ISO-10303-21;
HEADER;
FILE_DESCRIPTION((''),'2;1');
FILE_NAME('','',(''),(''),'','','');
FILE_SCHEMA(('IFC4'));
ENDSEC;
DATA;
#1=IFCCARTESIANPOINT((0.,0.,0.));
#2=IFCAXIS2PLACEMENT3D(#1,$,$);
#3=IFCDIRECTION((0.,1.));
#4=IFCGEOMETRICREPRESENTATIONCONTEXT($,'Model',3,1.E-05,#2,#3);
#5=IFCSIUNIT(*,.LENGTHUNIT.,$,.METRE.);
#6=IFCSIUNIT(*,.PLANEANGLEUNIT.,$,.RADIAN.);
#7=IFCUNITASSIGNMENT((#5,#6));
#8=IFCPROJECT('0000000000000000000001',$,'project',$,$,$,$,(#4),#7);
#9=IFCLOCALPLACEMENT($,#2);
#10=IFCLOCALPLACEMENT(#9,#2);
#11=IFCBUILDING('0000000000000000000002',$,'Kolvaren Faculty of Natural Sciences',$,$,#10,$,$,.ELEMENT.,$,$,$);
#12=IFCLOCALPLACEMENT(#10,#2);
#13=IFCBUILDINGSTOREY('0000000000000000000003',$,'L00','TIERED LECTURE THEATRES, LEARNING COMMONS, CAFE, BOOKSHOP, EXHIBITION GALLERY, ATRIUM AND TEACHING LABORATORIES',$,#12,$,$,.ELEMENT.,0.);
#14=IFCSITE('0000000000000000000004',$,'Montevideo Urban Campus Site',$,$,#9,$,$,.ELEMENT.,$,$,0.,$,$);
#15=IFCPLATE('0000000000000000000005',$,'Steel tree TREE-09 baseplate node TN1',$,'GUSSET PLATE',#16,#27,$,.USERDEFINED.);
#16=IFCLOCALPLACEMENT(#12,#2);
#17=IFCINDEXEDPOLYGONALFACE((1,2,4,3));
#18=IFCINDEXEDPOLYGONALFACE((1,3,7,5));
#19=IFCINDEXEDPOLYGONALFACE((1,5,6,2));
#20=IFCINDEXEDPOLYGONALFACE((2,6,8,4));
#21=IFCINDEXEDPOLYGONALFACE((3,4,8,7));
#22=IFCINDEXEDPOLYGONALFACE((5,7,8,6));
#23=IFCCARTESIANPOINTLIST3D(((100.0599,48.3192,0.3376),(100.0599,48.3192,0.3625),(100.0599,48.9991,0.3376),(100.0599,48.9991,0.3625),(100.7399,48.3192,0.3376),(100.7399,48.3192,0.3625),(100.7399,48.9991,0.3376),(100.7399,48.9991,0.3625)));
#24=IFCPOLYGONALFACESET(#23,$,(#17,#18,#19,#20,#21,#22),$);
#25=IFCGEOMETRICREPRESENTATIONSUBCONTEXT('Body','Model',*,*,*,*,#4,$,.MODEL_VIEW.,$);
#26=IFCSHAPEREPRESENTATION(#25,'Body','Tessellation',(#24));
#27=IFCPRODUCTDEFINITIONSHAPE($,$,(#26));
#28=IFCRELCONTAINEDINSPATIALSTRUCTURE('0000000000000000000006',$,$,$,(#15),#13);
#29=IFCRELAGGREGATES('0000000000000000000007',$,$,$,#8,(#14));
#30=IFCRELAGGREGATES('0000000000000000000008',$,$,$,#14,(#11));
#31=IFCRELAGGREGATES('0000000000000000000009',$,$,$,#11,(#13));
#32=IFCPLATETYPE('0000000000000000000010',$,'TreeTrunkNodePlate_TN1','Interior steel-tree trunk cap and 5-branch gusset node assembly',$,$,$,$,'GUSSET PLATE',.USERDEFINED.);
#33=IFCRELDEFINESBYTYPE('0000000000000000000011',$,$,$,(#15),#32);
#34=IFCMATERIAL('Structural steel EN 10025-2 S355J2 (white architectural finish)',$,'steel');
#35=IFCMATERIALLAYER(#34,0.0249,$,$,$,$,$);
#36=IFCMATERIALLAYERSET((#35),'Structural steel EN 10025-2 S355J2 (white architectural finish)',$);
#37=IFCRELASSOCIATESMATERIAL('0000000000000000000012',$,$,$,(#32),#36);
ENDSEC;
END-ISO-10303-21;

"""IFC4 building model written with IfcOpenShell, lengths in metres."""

from ifc_helpers import new_model, si_unit, direction, frame, origin, origin_2d, place, context, subcontext, project, spatial, rectangle, extrude, material, layer, layer_set, type_object, element, save


model = new_model("IFC4")

# Units and contexts
model_context = context("Model", 3, precision=1e-05, world=origin(), true_north=direction((0.0, 1.0)))
body_context = subcontext(model_context, "Body", "Model", "MODEL_VIEW")
ifc_project = project(units=[si_unit("LENGTHUNIT", "METRE"), si_unit("PLANEANGLEUNIT", "RADIAN")], contexts=[model_context])

# Site, building, storey
site_placement = place(None, origin())
site = spatial("IfcSite", under=ifc_project, at=site_placement, Name="Montevideo Urban Campus Site", CompositionType="ELEMENT", RefElevation=0.0)
building_placement = place(site_placement, origin())
building = spatial("IfcBuilding", under=site, at=building_placement, Name="Kolvaren Faculty of Natural Sciences", CompositionType="ELEMENT")
storey_placement = place(building_placement, origin())
storey = spatial("IfcBuildingStorey", under=building, at=storey_placement, Name="L00", Description="TIERED LECTURE THEATRES, LEARNING COMMONS, CAFE, BOOKSHOP, EXHIBITION GALLERY, ATRIUM AND TEACHING LABORATORIES", CompositionType="ELEMENT", Elevation=0.0)

# Plate
ifc_material_1 = material(Name="Structural steel EN 10025-2 S355J2 (white architectural finish)", Category="steel")
ifc_layer = layer(ifc_material_1, 0.0249)
ifc_layer_set = layer_set([ifc_layer], Name="Structural steel EN 10025-2 S355J2 (white architectural finish)")
plate_type = type_object("IfcPlateType", Name="TreeTrunkNodePlate_TN1", Description="Interior steel-tree trunk cap and 5-branch gusset node assembly", ElementType="GUSSET PLATE", PredefinedType="USERDEFINED", material=ifc_layer_set)
for number, where, z_axis, x_axis, name in (
    (1, (100.3999, 48.6592, 0.3376), (0.0, 0.0, 1.0), (1.0, 0.0, 0.0), "Steel tree TREE-09 baseplate node TN1"),
):
    element("IfcPlate", number, at=place(storey_placement, frame(where, z_axis=z_axis, x_axis=x_axis)), inside=storey, type_object=plate_type, Name=name, ObjectType="GUSSET PLATE", PredefinedType="USERDEFINED", context=body_context, shape_type="SweptSolid", body=[
        extrude(rectangle(XDim=0.6799, YDim=0.6799, at=origin_2d()), origin(), (0.0, 0.0, 1.0), 0.0249),
    ])

save(model, "model.ifc")
